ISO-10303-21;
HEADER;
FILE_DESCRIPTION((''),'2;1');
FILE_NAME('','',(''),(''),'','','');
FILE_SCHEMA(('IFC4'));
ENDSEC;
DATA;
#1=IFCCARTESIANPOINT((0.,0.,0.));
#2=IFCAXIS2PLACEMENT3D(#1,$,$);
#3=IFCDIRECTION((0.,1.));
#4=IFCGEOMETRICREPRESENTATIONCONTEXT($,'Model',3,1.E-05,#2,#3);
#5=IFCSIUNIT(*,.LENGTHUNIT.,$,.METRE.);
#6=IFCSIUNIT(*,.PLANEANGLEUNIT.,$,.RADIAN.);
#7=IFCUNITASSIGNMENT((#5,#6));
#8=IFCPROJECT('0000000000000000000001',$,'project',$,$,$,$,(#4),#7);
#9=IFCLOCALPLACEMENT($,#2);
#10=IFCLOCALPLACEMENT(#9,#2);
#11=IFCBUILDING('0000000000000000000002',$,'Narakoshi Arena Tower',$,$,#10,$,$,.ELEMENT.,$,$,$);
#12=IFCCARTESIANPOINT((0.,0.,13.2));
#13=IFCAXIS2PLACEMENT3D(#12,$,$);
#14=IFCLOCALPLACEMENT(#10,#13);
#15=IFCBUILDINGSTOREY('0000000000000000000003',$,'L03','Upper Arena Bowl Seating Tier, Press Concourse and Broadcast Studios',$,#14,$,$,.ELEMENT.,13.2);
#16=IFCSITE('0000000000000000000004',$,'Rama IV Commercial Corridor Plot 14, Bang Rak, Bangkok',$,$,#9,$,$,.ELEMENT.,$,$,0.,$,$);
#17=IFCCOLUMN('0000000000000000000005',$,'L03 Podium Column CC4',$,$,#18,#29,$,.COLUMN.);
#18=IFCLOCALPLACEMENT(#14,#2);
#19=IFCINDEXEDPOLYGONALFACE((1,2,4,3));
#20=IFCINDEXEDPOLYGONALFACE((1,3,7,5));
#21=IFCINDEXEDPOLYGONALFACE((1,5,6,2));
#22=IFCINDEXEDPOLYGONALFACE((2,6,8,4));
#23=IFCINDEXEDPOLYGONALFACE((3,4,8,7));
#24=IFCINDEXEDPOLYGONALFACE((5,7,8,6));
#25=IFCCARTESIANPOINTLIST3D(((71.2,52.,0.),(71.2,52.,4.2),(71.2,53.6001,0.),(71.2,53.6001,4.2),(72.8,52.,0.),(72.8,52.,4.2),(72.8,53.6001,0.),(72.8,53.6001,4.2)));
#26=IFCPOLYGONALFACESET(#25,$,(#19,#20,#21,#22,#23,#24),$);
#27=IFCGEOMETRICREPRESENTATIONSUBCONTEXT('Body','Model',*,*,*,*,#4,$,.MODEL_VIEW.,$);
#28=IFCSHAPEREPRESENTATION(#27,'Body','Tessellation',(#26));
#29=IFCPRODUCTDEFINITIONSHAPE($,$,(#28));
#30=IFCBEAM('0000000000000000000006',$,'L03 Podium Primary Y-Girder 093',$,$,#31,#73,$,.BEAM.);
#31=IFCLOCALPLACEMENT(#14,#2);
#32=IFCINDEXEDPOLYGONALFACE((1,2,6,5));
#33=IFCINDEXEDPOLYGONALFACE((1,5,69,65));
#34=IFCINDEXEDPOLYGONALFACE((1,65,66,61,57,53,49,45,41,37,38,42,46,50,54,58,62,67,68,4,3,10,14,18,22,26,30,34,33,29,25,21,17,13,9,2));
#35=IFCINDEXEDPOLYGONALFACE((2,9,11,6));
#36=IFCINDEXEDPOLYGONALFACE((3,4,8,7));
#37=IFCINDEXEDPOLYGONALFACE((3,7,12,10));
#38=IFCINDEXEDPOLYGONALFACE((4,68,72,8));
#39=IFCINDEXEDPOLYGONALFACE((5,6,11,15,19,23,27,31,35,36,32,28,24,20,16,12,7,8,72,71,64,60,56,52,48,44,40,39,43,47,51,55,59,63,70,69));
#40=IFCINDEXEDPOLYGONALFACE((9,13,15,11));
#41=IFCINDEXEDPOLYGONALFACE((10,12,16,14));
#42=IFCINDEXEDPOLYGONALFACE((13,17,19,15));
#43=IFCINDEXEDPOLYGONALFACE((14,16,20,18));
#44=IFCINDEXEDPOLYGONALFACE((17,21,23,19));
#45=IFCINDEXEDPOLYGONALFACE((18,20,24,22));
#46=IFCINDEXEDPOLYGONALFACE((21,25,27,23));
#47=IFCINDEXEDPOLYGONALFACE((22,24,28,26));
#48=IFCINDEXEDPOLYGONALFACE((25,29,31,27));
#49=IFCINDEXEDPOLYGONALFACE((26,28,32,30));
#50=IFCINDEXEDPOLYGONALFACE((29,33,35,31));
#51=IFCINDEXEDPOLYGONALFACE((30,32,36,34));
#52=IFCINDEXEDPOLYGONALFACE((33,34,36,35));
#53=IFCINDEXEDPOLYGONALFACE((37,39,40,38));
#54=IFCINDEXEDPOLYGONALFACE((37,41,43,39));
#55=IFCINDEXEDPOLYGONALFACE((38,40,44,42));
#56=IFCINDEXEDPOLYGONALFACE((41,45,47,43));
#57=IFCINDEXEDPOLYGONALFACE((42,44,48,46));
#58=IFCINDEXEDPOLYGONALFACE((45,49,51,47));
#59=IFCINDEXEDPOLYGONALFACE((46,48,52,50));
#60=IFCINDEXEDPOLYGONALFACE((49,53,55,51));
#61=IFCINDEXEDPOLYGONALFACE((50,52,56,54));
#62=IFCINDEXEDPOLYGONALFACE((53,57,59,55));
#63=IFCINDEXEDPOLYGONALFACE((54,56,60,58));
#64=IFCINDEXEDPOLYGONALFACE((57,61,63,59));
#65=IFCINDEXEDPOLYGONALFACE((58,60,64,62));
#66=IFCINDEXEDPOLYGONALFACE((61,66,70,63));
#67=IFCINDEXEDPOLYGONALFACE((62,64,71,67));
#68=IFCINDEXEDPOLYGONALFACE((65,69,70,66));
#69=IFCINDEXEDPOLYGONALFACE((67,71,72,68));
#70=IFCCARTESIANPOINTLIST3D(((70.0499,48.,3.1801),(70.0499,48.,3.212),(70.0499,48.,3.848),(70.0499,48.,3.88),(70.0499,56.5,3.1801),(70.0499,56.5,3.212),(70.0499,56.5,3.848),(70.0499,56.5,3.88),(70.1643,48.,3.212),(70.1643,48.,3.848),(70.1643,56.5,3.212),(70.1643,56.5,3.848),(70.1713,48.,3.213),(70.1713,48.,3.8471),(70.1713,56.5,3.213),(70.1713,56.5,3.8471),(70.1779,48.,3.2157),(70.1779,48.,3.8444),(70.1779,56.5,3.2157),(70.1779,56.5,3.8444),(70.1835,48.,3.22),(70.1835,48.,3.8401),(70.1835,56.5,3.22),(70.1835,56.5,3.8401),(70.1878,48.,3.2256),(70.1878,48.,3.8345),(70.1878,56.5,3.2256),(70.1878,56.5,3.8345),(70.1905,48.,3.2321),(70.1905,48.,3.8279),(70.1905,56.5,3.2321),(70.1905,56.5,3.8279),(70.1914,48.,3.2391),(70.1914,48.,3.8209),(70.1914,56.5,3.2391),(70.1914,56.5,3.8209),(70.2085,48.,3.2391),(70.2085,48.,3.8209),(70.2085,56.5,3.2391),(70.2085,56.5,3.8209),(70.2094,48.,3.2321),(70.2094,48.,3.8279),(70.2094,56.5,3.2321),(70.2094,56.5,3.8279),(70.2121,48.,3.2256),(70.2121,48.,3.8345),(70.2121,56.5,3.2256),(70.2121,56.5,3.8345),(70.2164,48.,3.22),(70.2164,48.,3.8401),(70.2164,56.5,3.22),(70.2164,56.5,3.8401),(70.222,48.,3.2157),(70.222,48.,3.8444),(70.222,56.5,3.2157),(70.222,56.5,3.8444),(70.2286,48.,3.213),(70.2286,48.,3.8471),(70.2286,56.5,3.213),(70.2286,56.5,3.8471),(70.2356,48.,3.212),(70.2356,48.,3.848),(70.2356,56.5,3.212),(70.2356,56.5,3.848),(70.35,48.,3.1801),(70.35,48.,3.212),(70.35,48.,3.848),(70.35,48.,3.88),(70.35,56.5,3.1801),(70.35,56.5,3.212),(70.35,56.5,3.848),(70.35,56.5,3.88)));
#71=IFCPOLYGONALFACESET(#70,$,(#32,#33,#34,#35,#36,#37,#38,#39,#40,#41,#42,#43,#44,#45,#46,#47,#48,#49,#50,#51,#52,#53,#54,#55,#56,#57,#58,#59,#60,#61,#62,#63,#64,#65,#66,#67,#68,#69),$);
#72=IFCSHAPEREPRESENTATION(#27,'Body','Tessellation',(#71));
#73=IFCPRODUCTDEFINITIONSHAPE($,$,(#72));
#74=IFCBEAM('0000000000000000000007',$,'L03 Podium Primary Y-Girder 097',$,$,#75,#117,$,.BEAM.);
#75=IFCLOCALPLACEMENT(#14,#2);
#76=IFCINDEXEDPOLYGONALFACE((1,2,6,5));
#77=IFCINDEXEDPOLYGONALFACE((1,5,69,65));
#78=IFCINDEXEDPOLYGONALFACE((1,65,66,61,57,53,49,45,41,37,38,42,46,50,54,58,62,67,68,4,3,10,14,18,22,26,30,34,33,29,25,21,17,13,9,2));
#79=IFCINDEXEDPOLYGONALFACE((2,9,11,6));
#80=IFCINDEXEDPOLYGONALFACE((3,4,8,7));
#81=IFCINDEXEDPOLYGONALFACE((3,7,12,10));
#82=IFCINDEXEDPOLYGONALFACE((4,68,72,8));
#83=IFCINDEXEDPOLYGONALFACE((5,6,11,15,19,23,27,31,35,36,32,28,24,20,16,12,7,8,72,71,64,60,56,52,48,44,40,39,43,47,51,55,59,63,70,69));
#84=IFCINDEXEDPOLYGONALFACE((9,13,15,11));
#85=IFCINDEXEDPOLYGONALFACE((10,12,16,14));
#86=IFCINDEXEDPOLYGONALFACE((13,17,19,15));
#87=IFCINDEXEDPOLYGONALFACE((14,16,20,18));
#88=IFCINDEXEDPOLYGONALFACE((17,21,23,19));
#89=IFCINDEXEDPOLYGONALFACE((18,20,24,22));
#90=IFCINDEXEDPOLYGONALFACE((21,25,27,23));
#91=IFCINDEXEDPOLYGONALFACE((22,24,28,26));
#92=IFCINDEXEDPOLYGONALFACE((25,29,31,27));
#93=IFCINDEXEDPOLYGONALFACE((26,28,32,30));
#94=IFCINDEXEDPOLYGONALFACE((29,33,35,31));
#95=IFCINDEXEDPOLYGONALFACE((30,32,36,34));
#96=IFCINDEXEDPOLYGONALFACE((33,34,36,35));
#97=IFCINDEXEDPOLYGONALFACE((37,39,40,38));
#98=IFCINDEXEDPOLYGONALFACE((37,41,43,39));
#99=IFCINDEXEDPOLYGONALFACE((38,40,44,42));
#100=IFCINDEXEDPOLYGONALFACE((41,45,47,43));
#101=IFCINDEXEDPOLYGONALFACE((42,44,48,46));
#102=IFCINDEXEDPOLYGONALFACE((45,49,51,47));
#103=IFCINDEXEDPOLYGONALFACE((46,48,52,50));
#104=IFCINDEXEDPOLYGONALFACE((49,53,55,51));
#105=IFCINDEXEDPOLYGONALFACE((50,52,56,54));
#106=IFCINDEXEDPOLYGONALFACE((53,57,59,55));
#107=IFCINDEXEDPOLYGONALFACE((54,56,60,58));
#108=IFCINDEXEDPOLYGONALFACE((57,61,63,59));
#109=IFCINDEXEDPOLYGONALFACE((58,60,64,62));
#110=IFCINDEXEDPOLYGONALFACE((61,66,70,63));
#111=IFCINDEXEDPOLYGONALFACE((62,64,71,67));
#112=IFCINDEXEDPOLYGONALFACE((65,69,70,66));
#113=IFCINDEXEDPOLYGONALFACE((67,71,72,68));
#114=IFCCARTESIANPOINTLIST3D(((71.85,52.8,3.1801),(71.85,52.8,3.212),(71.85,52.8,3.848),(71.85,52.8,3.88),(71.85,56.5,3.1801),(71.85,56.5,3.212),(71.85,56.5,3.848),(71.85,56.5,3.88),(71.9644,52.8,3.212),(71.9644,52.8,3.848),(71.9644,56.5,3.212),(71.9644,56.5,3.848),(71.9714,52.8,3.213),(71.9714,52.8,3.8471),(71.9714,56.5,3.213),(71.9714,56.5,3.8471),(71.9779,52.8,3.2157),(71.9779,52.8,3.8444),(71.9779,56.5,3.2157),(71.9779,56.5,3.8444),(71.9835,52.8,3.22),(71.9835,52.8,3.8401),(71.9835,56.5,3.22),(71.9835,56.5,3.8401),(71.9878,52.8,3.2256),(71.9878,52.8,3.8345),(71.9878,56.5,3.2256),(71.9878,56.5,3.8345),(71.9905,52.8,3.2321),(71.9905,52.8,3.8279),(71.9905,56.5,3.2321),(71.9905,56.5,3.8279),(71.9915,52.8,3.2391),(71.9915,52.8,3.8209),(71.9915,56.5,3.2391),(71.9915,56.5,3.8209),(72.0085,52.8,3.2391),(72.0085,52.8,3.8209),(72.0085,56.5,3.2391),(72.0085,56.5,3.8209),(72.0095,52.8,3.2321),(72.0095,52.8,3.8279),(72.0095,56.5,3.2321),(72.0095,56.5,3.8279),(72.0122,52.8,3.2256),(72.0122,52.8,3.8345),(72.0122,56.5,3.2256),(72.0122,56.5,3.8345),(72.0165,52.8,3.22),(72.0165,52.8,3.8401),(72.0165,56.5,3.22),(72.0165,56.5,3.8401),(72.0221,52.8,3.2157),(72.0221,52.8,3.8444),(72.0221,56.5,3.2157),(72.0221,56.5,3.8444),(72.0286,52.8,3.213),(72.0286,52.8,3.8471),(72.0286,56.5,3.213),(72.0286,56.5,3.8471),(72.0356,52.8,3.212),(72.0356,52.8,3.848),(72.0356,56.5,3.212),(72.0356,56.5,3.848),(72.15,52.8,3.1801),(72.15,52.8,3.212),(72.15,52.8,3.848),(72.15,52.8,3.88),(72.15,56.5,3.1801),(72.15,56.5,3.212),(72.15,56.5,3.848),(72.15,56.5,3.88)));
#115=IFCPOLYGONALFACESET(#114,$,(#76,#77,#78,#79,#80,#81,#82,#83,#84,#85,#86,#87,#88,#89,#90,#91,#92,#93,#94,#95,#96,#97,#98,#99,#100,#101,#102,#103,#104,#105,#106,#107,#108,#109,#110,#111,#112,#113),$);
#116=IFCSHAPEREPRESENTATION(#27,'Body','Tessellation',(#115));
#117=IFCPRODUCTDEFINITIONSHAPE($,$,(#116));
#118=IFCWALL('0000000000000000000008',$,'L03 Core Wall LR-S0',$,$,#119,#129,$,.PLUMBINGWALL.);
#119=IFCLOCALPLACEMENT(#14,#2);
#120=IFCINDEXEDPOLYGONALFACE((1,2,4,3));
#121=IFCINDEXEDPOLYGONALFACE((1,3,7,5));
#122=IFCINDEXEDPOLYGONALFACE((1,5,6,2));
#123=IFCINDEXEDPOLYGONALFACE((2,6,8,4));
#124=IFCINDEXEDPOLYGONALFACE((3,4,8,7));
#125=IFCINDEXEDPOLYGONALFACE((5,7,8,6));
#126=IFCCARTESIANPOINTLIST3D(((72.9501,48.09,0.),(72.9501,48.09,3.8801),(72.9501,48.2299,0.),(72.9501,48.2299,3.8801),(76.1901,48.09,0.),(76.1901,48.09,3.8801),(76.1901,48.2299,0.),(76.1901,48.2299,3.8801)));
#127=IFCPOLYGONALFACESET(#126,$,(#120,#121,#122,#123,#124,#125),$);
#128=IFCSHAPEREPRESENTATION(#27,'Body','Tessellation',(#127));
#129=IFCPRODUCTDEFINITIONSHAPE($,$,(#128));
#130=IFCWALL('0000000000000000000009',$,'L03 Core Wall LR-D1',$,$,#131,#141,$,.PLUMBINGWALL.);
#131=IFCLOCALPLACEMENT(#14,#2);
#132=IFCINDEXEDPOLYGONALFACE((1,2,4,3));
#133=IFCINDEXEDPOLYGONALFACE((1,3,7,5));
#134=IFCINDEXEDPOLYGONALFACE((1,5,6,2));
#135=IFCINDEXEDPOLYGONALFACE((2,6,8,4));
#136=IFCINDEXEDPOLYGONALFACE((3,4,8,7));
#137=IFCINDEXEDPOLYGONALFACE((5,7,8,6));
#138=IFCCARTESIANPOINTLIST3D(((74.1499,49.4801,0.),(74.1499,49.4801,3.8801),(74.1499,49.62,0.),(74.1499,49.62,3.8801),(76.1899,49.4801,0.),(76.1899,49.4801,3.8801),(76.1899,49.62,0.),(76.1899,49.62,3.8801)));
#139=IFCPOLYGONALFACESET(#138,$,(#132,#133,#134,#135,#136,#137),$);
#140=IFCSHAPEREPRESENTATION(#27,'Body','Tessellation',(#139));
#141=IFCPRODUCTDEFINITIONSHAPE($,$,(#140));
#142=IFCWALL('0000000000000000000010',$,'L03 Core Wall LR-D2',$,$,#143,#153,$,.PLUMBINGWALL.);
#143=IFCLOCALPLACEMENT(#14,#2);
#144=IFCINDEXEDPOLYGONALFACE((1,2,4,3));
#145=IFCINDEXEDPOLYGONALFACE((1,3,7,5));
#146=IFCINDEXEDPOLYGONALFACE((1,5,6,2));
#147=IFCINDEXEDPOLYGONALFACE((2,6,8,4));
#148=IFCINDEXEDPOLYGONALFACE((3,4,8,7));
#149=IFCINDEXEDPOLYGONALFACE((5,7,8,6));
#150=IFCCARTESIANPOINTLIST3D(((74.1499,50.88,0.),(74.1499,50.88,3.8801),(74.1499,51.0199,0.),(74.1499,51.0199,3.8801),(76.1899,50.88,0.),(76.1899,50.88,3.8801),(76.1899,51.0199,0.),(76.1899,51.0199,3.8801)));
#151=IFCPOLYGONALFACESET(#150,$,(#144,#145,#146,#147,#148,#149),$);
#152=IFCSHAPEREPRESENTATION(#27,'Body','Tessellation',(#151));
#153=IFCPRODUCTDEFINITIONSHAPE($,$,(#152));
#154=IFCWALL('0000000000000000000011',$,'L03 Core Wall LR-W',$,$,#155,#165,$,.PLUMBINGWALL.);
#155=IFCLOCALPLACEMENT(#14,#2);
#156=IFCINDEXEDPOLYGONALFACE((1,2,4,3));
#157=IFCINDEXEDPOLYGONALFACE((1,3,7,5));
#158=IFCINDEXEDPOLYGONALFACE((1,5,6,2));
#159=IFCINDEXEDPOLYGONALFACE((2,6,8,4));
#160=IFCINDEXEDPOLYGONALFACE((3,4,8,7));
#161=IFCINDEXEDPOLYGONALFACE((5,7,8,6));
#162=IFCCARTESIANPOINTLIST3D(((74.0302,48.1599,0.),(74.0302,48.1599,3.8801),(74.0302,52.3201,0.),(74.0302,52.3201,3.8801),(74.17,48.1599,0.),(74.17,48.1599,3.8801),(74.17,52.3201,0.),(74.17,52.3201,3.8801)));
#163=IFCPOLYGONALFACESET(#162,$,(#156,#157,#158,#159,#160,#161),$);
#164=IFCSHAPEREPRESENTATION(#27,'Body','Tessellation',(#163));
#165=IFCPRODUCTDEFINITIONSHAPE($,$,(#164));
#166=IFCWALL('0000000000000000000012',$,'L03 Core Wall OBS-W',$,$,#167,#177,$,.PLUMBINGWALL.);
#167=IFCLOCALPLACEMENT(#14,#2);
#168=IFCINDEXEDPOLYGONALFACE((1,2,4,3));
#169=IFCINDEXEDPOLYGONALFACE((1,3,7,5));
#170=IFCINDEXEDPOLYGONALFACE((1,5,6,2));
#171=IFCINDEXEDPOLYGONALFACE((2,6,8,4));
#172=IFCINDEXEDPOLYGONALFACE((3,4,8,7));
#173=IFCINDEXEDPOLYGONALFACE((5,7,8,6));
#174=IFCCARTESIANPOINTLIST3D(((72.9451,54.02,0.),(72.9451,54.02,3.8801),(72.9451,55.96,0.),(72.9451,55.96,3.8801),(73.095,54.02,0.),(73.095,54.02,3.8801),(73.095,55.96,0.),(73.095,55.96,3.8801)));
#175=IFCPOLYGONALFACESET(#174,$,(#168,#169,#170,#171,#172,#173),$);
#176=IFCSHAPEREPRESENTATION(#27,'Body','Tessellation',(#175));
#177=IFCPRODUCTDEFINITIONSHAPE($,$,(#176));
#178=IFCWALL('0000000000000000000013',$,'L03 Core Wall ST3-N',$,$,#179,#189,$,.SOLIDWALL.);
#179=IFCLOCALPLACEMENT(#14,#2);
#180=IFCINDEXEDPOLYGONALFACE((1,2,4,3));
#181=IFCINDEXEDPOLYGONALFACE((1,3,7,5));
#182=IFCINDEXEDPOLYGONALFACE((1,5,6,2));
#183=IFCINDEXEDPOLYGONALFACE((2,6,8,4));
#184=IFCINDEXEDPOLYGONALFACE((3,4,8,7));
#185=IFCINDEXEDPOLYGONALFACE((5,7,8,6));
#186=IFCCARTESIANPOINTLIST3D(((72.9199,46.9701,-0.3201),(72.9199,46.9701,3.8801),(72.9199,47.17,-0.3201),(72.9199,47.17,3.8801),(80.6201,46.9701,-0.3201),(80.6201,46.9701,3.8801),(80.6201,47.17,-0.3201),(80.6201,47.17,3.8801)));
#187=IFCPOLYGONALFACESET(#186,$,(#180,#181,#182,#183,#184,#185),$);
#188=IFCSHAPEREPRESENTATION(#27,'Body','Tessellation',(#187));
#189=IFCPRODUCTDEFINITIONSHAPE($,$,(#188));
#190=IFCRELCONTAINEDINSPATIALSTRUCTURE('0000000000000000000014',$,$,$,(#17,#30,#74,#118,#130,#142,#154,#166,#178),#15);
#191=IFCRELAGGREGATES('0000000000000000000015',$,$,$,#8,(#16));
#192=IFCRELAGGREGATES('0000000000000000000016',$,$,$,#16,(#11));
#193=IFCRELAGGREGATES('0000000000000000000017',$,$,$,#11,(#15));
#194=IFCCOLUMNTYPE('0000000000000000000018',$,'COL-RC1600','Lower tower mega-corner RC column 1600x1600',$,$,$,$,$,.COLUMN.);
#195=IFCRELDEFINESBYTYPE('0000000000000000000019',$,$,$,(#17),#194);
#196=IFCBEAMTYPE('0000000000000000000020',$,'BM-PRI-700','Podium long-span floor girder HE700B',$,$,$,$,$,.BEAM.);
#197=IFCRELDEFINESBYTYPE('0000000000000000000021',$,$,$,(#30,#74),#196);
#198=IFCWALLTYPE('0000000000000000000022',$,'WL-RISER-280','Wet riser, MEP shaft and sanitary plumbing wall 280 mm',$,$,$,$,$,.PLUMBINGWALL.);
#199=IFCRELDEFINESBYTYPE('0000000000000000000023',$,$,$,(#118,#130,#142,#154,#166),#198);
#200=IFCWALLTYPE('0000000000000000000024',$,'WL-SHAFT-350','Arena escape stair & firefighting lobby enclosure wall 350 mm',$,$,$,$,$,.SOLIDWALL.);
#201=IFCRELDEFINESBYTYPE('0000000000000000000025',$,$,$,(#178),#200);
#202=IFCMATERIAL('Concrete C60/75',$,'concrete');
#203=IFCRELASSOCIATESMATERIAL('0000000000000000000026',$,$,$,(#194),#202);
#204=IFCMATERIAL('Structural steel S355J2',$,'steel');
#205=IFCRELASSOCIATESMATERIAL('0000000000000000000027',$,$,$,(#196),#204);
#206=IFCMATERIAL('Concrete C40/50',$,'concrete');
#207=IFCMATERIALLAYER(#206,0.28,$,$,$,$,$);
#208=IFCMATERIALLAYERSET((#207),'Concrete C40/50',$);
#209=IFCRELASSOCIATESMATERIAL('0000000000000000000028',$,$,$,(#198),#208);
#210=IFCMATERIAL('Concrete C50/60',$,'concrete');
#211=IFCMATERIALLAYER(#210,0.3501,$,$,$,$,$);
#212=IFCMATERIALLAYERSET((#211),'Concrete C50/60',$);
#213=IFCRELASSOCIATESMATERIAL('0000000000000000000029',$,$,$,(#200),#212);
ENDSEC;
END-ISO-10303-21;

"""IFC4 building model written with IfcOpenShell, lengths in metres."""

from ifc_helpers import new_model, si_unit, direction, frame, frame_2d, origin, origin_2d, place, context, subcontext, project, spatial, rectangle, i_section, extrude, material, layer, layer_set, material_profile, profile_set, type_object, element, save


model = new_model("IFC4")

# Units and contexts
model_context = context("Model", 3, precision=1e-05, world=origin(), true_north=direction((0.0, 1.0)))
body_context = subcontext(model_context, "Body", "Model", "MODEL_VIEW")
ifc_project = project(units=[si_unit("LENGTHUNIT", "METRE"), si_unit("PLANEANGLEUNIT", "RADIAN")], contexts=[model_context])

# Site, building, storey
site_placement = place(None, origin())
site = spatial("IfcSite", under=ifc_project, at=site_placement, Name="Rama IV Commercial Corridor Plot 14, Bang Rak, Bangkok", CompositionType="ELEMENT", RefElevation=0.0)
building_placement = place(site_placement, origin())
building = spatial("IfcBuilding", under=site, at=building_placement, Name="Narakoshi Arena Tower", CompositionType="ELEMENT")
storey_placement = place(building_placement, frame((0.0, 0.0, 13.2)))
storey = spatial("IfcBuildingStorey", under=building, at=storey_placement, Name="L03", Description="Upper Arena Bowl Seating Tier, Press Concourse and Broadcast Studios", CompositionType="ELEMENT", Elevation=13.2)

# Column
ifc_material_1 = material(Name="Concrete C60/75", Category="concrete")
ifc_material_profile_1 = material_profile(ifc_material_1, rectangle(XDim=1.6001, YDim=1.6001, at=origin_2d()), Name="RC1600x1600")
ifc_profile_set_1 = profile_set([ifc_material_profile_1], Name="Concrete C60/75")
column_type = type_object("IfcColumnType", Name="COL-RC1600", Description="Lower tower mega-corner RC column 1600x1600", PredefinedType="COLUMN", material=ifc_profile_set_1)
column_placement = place(storey_placement, frame((72.0, 52.8, 0.0), z_axis=(0.0, 0.0, 1.0), x_axis=(1.0, 0.0, 0.0)))
element("IfcColumn", 1, at=column_placement, inside=storey, type_object=column_type, Name="L03 Podium Column CC4", PredefinedType="COLUMN", context=body_context, shape_type="SweptSolid", body=[
    extrude(rectangle(XDim=1.6001, YDim=1.6001, at=origin_2d()), origin(), (0.0, 0.0, 1.0), 4.2),
])

# Beams
ifc_material_2 = material(Name="Structural steel S355J2", Category="steel")
ifc_material_profile_2 = material_profile(ifc_material_2, i_section(OverallWidth=0.3, OverallDepth=0.7, WebThickness=0.0171, FlangeThickness=0.032, FilletRadius=0.0271, at=origin_2d()), Name="HE700B")
ifc_profile_set_2 = profile_set([ifc_material_profile_2], Name="Structural steel S355J2")
beam_type = type_object("IfcBeamType", Name="BM-PRI-700", Description="Podium long-span floor girder HE700B", PredefinedType="BEAM", material=ifc_profile_set_2)
beam_1_placement = place(storey_placement, frame((70.2, 48.0, 3.53), z_axis=(0.0, 1.0, 0.0), x_axis=(-1.0, 0.0, 0.0)))
element("IfcBeam", 2, at=beam_1_placement, inside=storey, type_object=beam_type, Name="L03 Podium Primary Y-Girder 093", PredefinedType="BEAM", context=body_context, shape_type="SweptSolid", body=[
    extrude(i_section(OverallWidth=0.3, OverallDepth=0.7, WebThickness=0.0171, FlangeThickness=0.032, FilletRadius=0.0271, at=origin_2d()), origin(), (0.0, 0.0, 1.0), 8.5),
])
beam_2_placement = place(storey_placement, frame((72.0, 52.8, 3.53), z_axis=(0.0, 1.0, 0.0), x_axis=(-1.0, 0.0, 0.0)))
element("IfcBeam", 3, at=beam_2_placement, inside=storey, type_object=beam_type, Name="L03 Podium Primary Y-Girder 097", PredefinedType="BEAM", context=body_context, shape_type="SweptSolid", body=[
    extrude(i_section(OverallWidth=0.3, OverallDepth=0.7, WebThickness=0.0171, FlangeThickness=0.032, FilletRadius=0.0271, at=origin_2d()), origin(), (0.0, 0.0, 1.0), 3.7),
])

# Walls
ifc_material_3 = material(Name="Concrete C40/50", Category="concrete")
ifc_layer_1 = layer(ifc_material_3, 0.28)
ifc_layer_set_1 = layer_set([ifc_layer_1], Name="Concrete C40/50")
wall_type_1 = type_object("IfcWallType", Name="WL-RISER-280", Description="Wet riser, MEP shaft and sanitary plumbing wall 280 mm", PredefinedType="PLUMBINGWALL", material=ifc_layer_set_1)
wall_1_placement = place(storey_placement, frame((72.95, 48.1599, 0.0), z_axis=(0.0, 0.0, 1.0), x_axis=(1.0, 0.0, 0.0)))
element("IfcWall", 4, at=wall_1_placement, inside=storey, type_object=wall_type_1, Name="L03 Core Wall LR-S0", PredefinedType="PLUMBINGWALL", context=body_context, shape_type="SweptSolid", body=[
    extrude(rectangle(XDim=3.24, YDim=0.1399, at=frame_2d((1.6201, 0.0))), origin(), (0.0, 0.0, 1.0), 3.8801),
])
for number, where, z_axis, x_axis, name in (
    (5, (74.1499, 49.55, 0.0), (0.0, 0.0, 1.0), (1.0, 0.0, 0.0), "L03 Core Wall LR-D1"),
    (6, (74.1499, 50.95, 0.0), (0.0, 0.0, 1.0), (1.0, 0.0, 0.0), "L03 Core Wall LR-D2"),
):
    element("IfcWall", number, at=place(storey_placement, frame(where, z_axis=z_axis, x_axis=x_axis)), inside=storey, type_object=wall_type_1, Name=name, PredefinedType="PLUMBINGWALL", context=body_context, shape_type="SweptSolid", body=[
        extrude(rectangle(XDim=2.04, YDim=0.1399, at=frame_2d((1.02, 0.0))), origin(), (0.0, 0.0, 1.0), 3.8801),
    ])
wall_2_placement = place(storey_placement, frame((74.1001, 48.1599, 0.0), z_axis=(0.0, 0.0, 1.0), x_axis=(0.0, 1.0, 0.0)))
element("IfcWall", 7, at=wall_2_placement, inside=storey, type_object=wall_type_1, Name="L03 Core Wall LR-W", PredefinedType="PLUMBINGWALL", context=body_context, shape_type="SweptSolid", body=[
    extrude(rectangle(XDim=4.1602, YDim=0.1399, at=frame_2d((2.0801, 0.0))), origin(), (0.0, 0.0, 1.0), 3.8801),
])
wall_3_placement = place(storey_placement, frame((73.02, 54.02, 0.0), z_axis=(0.0, 0.0, 1.0), x_axis=(0.0, 1.0, 0.0)))
element("IfcWall", 8, at=wall_3_placement, inside=storey, type_object=wall_type_1, Name="L03 Core Wall OBS-W", PredefinedType="PLUMBINGWALL", context=body_context, shape_type="SweptSolid", body=[
    extrude(rectangle(XDim=1.9399, YDim=0.1499, at=frame_2d((0.97, 0.0))), origin(), (0.0, 0.0, 1.0), 3.8801),
])
ifc_material_4 = material(Name="Concrete C50/60", Category="concrete")
ifc_layer_2 = layer(ifc_material_4, 0.3501)
ifc_layer_set_2 = layer_set([ifc_layer_2], Name="Concrete C50/60")
wall_type_2 = type_object("IfcWallType", Name="WL-SHAFT-350", Description="Arena escape stair & firefighting lobby enclosure wall 350 mm", PredefinedType="SOLIDWALL", material=ifc_layer_set_2)
wall_4_placement = place(storey_placement, frame((72.9199, 47.0701, -0.3201), z_axis=(0.0, 0.0, 1.0), x_axis=(1.0, 0.0, 0.0)))
element("IfcWall", 9, at=wall_4_placement, inside=storey, type_object=wall_type_2, Name="L03 Core Wall ST3-N", PredefinedType="SOLIDWALL", context=body_context, shape_type="SweptSolid", body=[
    extrude(rectangle(XDim=7.7002, YDim=0.2, at=frame_2d((3.8501, 0.0))), origin(), (0.0, 0.0, 1.0), 4.2002),
])

save(model, "model.ifc")
